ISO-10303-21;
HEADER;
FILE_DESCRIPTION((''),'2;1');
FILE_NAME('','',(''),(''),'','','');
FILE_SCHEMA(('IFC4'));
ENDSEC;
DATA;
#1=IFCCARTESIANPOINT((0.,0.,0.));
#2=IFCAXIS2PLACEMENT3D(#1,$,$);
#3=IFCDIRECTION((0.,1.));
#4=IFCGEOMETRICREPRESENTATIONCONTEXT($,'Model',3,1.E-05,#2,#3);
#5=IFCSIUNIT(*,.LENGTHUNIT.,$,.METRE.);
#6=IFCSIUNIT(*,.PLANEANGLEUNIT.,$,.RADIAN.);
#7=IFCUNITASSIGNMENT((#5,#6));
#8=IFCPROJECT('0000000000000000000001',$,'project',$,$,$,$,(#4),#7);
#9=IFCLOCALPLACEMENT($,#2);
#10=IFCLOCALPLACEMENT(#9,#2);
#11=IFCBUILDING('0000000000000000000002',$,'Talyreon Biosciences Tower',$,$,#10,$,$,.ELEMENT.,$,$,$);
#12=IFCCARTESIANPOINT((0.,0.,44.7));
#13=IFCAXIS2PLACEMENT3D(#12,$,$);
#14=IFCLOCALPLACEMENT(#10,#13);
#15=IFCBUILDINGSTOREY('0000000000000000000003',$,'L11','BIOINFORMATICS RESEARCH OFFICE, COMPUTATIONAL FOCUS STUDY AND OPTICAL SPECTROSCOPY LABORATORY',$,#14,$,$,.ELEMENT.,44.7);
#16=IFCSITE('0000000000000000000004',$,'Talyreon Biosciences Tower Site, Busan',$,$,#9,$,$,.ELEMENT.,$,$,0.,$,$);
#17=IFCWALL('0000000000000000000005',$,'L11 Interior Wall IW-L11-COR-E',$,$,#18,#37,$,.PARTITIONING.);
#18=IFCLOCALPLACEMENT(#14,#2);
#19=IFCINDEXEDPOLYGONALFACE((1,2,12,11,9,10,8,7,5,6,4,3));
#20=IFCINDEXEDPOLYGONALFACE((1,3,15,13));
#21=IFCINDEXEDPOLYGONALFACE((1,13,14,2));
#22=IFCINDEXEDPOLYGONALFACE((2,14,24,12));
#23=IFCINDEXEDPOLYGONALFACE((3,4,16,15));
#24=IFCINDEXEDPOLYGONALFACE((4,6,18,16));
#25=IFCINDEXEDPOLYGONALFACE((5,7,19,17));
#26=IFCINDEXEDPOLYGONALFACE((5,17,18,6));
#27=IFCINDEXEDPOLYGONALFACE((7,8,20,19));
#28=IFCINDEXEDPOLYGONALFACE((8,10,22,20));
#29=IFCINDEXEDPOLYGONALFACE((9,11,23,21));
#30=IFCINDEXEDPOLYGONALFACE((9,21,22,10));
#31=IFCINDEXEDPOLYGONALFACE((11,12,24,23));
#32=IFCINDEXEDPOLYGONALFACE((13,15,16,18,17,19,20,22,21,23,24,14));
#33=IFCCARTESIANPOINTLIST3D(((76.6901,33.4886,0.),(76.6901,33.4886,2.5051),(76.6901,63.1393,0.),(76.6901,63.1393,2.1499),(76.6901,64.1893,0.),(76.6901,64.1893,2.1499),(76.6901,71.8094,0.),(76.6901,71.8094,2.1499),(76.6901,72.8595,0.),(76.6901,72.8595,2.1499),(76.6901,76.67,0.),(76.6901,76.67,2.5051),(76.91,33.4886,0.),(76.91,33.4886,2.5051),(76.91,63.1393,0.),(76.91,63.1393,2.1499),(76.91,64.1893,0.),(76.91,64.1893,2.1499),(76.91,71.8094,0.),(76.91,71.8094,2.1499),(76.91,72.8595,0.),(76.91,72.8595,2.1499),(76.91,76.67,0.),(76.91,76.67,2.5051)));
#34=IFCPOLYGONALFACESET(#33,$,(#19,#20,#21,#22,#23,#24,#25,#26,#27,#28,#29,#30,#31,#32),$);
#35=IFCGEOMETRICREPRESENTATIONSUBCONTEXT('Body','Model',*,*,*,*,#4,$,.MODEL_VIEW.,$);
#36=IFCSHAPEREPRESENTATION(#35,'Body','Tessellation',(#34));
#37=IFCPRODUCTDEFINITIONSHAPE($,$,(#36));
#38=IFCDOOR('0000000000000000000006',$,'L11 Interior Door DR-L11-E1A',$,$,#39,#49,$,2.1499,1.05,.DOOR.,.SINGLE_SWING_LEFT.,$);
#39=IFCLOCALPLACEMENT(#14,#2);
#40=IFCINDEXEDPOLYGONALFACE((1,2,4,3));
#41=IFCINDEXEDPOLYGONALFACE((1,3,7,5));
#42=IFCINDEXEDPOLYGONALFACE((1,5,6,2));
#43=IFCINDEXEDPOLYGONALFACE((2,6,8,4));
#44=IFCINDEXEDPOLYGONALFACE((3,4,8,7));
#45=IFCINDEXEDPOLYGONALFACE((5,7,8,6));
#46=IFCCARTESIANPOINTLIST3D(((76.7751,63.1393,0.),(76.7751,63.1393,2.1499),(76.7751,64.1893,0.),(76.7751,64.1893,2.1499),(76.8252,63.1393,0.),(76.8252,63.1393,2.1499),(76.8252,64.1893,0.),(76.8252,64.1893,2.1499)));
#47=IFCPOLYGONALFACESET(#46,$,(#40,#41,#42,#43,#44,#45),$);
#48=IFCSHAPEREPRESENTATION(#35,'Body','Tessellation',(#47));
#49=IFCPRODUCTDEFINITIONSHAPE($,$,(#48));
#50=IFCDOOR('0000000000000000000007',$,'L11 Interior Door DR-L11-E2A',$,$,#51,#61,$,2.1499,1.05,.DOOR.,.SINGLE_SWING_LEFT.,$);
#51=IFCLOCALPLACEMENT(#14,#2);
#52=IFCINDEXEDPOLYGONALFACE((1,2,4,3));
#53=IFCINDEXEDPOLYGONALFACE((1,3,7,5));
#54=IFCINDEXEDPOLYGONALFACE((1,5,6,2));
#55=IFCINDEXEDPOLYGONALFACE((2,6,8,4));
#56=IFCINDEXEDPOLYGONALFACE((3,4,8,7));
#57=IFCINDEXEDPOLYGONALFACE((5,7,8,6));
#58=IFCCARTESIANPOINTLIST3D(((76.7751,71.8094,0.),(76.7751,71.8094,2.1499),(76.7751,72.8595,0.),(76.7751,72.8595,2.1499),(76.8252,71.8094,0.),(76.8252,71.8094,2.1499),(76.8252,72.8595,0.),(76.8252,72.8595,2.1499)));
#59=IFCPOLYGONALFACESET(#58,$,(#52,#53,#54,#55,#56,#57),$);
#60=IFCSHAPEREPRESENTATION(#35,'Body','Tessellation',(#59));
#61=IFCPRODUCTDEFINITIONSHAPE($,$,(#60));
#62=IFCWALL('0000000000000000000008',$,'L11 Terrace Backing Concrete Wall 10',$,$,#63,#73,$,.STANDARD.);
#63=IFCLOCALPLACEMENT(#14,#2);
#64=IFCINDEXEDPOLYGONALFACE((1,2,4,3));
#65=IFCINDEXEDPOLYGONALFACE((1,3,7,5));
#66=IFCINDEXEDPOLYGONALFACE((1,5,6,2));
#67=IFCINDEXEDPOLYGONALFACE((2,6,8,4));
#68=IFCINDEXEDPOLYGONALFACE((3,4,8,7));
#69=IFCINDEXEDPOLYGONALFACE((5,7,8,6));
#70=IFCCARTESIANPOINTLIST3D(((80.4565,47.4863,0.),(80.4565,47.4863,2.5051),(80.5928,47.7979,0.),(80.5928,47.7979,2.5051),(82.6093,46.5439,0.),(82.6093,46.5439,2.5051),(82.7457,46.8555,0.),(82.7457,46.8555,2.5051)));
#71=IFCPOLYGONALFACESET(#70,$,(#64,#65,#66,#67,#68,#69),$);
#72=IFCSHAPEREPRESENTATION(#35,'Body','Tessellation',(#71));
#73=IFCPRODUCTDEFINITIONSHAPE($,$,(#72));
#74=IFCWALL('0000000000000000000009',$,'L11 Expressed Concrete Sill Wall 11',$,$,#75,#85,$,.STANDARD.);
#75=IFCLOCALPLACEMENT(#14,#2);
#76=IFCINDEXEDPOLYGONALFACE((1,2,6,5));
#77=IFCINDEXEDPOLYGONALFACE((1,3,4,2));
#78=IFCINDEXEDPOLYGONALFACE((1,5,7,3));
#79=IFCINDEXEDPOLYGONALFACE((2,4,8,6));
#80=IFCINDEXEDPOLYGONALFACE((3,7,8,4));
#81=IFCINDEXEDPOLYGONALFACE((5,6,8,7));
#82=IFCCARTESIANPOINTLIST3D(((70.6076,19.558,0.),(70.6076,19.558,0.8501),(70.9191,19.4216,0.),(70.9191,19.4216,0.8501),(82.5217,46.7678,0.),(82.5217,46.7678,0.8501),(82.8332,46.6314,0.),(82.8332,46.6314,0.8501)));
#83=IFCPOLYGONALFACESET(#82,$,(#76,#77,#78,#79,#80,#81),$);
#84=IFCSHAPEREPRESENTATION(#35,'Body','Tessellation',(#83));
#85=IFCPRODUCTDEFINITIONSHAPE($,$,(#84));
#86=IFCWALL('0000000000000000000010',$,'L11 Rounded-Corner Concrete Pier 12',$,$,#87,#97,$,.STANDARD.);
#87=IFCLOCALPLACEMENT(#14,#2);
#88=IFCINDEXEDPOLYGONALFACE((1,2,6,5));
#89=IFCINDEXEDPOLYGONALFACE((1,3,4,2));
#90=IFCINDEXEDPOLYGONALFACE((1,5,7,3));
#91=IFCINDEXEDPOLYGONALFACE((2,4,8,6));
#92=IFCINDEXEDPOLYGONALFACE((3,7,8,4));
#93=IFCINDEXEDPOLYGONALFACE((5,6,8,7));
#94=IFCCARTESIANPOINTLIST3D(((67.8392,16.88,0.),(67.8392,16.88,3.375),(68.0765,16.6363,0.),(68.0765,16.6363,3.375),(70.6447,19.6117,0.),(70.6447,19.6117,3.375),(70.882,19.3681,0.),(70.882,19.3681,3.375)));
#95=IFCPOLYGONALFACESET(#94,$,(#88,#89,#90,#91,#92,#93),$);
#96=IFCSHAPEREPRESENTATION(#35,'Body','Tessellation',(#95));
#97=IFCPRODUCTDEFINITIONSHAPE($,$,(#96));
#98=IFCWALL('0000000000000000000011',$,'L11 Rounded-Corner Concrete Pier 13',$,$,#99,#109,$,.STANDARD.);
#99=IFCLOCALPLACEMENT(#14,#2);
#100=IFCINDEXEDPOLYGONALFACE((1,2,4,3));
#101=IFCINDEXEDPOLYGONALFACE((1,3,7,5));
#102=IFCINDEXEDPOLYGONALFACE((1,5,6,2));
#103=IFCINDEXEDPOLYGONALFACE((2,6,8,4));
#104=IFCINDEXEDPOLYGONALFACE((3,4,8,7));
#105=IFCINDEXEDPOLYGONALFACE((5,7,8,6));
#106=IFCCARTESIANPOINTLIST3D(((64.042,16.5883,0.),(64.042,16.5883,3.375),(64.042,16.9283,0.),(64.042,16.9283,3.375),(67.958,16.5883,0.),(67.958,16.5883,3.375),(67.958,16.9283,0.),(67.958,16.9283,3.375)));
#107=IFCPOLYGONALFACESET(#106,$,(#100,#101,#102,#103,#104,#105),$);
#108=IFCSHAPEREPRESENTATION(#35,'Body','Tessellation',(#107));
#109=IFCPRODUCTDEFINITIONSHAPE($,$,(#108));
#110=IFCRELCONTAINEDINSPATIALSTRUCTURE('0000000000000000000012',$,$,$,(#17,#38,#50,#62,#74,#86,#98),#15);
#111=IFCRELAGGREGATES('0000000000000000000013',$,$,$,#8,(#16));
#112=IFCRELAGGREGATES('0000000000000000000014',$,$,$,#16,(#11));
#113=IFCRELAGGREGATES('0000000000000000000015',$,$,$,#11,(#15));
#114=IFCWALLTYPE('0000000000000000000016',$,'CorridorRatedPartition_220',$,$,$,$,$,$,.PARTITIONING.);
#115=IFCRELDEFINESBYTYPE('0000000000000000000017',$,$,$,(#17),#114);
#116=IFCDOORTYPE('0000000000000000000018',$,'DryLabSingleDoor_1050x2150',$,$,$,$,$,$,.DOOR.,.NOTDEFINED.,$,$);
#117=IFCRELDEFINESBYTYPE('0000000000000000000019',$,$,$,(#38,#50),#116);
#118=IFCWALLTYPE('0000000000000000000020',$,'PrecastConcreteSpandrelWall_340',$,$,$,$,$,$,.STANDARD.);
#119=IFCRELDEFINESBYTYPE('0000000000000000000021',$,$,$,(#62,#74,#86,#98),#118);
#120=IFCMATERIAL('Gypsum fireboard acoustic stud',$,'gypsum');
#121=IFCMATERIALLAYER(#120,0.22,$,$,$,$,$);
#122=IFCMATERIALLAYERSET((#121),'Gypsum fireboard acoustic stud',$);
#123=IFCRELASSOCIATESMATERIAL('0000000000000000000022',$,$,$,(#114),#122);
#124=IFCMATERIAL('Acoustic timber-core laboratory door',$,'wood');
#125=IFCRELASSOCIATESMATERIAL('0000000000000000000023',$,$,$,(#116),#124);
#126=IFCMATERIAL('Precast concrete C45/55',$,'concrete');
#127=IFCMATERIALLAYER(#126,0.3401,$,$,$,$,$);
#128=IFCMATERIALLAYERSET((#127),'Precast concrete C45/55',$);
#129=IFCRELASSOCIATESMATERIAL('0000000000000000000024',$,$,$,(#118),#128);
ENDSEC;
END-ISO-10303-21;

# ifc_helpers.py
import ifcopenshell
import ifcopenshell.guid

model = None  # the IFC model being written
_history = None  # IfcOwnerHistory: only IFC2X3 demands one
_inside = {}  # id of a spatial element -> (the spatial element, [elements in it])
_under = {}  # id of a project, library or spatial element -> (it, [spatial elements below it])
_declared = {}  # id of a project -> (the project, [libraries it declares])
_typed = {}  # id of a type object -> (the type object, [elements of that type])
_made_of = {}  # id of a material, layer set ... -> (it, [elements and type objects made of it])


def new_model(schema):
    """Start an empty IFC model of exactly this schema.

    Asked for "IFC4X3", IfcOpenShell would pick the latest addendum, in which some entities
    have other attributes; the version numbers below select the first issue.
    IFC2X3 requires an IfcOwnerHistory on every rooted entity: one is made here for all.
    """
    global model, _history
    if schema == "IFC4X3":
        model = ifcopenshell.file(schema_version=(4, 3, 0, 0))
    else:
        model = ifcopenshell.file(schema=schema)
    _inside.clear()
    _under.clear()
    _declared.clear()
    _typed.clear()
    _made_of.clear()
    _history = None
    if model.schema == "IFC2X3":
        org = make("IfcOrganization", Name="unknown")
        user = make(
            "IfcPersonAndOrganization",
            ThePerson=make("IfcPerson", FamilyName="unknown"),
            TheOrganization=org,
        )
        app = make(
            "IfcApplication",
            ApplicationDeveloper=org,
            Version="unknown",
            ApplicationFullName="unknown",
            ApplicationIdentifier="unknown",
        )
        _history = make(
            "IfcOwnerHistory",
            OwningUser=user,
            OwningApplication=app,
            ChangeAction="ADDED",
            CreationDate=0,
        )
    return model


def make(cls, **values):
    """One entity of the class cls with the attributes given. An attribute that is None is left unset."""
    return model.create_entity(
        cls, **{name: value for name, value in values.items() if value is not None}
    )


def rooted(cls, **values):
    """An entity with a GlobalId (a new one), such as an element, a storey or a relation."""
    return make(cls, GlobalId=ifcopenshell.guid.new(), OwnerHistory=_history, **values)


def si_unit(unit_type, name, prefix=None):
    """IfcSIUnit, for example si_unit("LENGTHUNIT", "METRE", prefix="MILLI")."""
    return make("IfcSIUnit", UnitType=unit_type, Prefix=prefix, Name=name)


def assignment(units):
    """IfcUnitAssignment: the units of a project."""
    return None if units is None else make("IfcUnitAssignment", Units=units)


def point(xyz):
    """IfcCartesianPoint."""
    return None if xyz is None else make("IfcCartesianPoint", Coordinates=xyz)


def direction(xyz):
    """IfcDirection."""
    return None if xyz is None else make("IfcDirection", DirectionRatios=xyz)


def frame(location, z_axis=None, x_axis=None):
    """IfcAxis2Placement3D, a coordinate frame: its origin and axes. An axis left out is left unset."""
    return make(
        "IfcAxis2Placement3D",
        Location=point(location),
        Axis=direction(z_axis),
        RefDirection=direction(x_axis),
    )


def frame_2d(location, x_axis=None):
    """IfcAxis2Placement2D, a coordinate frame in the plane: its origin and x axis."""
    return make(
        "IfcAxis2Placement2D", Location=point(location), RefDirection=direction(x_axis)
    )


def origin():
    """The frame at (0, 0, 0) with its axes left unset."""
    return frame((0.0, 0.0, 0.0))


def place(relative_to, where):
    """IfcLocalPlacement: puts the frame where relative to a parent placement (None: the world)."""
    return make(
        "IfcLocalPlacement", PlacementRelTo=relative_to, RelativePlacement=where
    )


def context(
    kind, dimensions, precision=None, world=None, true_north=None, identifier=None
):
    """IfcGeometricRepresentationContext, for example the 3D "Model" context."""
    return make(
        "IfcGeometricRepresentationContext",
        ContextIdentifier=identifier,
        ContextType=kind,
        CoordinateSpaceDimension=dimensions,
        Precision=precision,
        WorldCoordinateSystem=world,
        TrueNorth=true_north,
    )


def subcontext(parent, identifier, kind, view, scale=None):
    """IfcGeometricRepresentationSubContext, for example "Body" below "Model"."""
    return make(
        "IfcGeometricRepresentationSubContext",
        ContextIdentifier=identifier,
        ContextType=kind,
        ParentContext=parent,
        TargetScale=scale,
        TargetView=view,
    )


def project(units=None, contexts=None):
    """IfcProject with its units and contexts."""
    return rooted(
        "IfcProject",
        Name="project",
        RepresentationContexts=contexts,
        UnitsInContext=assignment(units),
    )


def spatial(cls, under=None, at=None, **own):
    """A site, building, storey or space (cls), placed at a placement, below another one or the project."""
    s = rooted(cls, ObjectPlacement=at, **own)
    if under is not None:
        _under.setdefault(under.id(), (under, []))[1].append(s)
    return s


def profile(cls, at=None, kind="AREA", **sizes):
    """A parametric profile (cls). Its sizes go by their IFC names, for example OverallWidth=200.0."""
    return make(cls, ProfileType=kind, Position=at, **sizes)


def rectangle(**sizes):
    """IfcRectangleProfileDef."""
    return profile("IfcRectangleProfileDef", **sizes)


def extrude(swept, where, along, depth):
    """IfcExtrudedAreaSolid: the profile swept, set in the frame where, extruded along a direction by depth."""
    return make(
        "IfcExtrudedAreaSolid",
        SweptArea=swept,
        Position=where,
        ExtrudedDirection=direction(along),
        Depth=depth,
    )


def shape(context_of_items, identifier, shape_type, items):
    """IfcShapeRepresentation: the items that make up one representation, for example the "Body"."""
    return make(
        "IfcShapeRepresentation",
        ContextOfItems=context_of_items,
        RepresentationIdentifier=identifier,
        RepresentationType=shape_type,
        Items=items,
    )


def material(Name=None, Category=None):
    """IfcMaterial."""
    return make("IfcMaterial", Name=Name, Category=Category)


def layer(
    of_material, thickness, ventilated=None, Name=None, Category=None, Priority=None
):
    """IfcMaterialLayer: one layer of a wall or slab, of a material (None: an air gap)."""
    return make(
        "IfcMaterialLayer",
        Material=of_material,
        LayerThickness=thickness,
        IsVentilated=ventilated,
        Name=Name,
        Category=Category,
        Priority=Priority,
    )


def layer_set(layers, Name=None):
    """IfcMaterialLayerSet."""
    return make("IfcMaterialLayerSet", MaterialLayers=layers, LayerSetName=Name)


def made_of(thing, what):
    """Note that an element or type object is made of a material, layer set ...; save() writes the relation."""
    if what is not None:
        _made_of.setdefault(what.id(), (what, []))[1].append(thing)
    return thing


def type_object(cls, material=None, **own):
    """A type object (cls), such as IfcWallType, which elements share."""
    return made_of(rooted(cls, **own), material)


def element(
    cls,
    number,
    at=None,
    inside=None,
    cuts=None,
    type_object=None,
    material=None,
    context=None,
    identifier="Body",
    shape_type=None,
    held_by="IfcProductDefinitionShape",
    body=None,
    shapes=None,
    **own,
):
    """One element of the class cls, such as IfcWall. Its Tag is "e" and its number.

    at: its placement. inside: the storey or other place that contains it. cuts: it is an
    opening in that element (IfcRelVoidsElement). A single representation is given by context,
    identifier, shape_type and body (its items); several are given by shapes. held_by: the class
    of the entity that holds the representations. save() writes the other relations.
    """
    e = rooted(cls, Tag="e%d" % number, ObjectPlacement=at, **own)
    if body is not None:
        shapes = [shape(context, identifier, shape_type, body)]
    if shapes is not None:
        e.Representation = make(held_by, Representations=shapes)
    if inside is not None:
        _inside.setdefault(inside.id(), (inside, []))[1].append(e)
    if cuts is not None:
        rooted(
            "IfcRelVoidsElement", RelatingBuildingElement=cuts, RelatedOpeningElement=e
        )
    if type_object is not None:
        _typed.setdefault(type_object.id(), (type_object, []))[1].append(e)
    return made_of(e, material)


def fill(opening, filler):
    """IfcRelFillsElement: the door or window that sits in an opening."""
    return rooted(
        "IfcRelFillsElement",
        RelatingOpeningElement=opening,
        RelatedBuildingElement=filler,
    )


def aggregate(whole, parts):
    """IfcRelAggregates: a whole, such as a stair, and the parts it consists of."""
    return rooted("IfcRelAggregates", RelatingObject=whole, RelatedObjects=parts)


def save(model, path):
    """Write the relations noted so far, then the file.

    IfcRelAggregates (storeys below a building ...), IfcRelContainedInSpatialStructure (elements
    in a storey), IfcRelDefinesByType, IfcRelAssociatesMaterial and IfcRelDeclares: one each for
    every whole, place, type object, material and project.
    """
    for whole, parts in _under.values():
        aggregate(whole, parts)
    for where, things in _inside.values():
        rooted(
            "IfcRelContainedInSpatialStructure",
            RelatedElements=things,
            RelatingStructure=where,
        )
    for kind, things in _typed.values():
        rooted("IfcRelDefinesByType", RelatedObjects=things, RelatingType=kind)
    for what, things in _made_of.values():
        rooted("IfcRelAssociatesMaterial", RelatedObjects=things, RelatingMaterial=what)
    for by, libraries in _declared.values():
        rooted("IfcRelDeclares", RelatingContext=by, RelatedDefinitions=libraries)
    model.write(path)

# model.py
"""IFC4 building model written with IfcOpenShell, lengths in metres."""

from ifc_helpers import new_model, si_unit, direction, frame, frame_2d, origin, place, context, subcontext, project, spatial, rectangle, extrude, material, layer, layer_set, type_object, element, fill, save


model = new_model("IFC4")

# Units and contexts
model_context = context("Model", 3, precision=1e-05, world=origin(), true_north=direction((0.0, 1.0)))
body_context = subcontext(model_context, "Body", "Model", "MODEL_VIEW")
ifc_project = project(units=[si_unit("LENGTHUNIT", "METRE"), si_unit("PLANEANGLEUNIT", "RADIAN")], contexts=[model_context])

# Site, building, storey
site_placement = place(None, origin())
site = spatial("IfcSite", under=ifc_project, at=site_placement, Name="Talyreon Biosciences Tower Site, Busan", CompositionType="ELEMENT", RefElevation=0.0)
building_placement = place(site_placement, origin())
building = spatial("IfcBuilding", under=site, at=building_placement, Name="Talyreon Biosciences Tower", CompositionType="ELEMENT")
storey_placement = place(building_placement, frame((0.0, 0.0, 44.7)))
storey = spatial("IfcBuildingStorey", under=building, at=storey_placement, Name="L11", Description="BIOINFORMATICS RESEARCH OFFICE, COMPUTATIONAL FOCUS STUDY AND OPTICAL SPECTROSCOPY LABORATORY", CompositionType="ELEMENT", Elevation=44.7)

# Shared definitions
ifc_material_1 = material(Name="Precast concrete C45/55", Category="concrete")

# Wall, openings, doors
ifc_material_2 = material(Name="Gypsum fireboard acoustic stud", Category="gypsum")
ifc_layer_1 = layer(ifc_material_2, 0.22)
ifc_layer_set_1 = layer_set([ifc_layer_1], Name="Gypsum fireboard acoustic stud")
wall_type_1 = type_object("IfcWallType", Name="CorridorRatedPartition_220", PredefinedType="PARTITIONING", material=ifc_layer_set_1)
wall_1_placement = place(storey_placement, frame((76.8, 33.4885, 0.0), z_axis=(0.0, 0.0, 1.0), x_axis=(0.0, 1.0, 0.0)))
wall_1 = element("IfcWall", 1, at=wall_1_placement, inside=storey, type_object=wall_type_1, Name="L11 Interior Wall IW-L11-COR-E", PredefinedType="PARTITIONING", context=body_context, shape_type="SweptSolid", body=[
    extrude(rectangle(XDim=43.1814, YDim=0.22, at=frame_2d((21.5908, 0.0))), origin(), (0.0, 0.0, 1.0), 2.5051),
])
opening_1_placement = place(wall_1_placement, frame((29.6509, 0.0, 0.0)))
opening_1 = element("IfcOpeningElement", 2, at=opening_1_placement, cuts=wall_1, PredefinedType="OPENING", context=body_context, shape_type="SweptSolid", body=[
    extrude(rectangle(XDim=1.05, YDim=2.1499, at=frame_2d((0.5249, 1.075))), frame((0.0, 0.1199, 0.0), z_axis=(0.0, -1.0, 0.0), x_axis=(1.0, 0.0, 0.0)), (0.0, 0.0, 1.0), 0.24),
])
opening_2_placement = place(wall_1_placement, frame((38.321, 0.0, 0.0)))
opening_2 = element("IfcOpeningElement", 3, at=opening_2_placement, cuts=wall_1, PredefinedType="OPENING", context=body_context, shape_type="SweptSolid", body=[
    extrude(rectangle(XDim=1.05, YDim=2.1499, at=frame_2d((0.5249, 1.075))), frame((0.0, 0.1199, 0.0), z_axis=(0.0, -1.0, 0.0), x_axis=(1.0, 0.0, 0.0)), (0.0, 0.0, 1.0), 0.24),
])
ifc_material_3 = material(Name="Acoustic timber-core laboratory door", Category="wood")
door_type = type_object("IfcDoorType", Name="DryLabSingleDoor_1050x2150", OperationType="NOTDEFINED", PredefinedType="DOOR", material=ifc_material_3)
door_1_placement = place(opening_1_placement, origin())
door_1 = element("IfcDoor", 4, at=door_1_placement, inside=storey, type_object=door_type, Name="L11 Interior Door DR-L11-E1A", OperationType="SINGLE_SWING_LEFT", OverallHeight=2.1499, OverallWidth=1.05, PredefinedType="DOOR", context=body_context, shape_type="SweptSolid", body=[
    extrude(rectangle(XDim=1.05, YDim=2.1499, at=frame_2d((0.5249, 1.075))), frame((0.0, 0.0249, 0.0), z_axis=(0.0, -1.0, 0.0), x_axis=(1.0, 0.0, 0.0)), (0.0, 0.0, 1.0), 0.05),
])
fill(opening_1, door_1)
door_2_placement = place(opening_2_placement, origin())
door_2 = element("IfcDoor", 5, at=door_2_placement, inside=storey, type_object=door_type, Name="L11 Interior Door DR-L11-E2A", OperationType="SINGLE_SWING_LEFT", OverallHeight=2.1499, OverallWidth=1.05, PredefinedType="DOOR", context=body_context, shape_type="SweptSolid", body=[
    extrude(rectangle(XDim=1.05, YDim=2.1499, at=frame_2d((0.5249, 1.075))), frame((0.0, 0.0249, 0.0), z_axis=(0.0, -1.0, 0.0), x_axis=(1.0, 0.0, 0.0)), (0.0, 0.0, 1.0), 0.05),
])
fill(opening_2, door_2)

# Walls
ifc_layer_2 = layer(ifc_material_1, 0.3401)
ifc_layer_set_2 = layer_set([ifc_layer_2], Name="Precast concrete C45/55")
wall_type_2 = type_object("IfcWallType", Name="PrecastConcreteSpandrelWall_340", PredefinedType="STANDARD", material=ifc_layer_set_2)
wall_2_placement = place(storey_placement, frame((80.5247, 47.6421, 0.0), z_axis=(0.0, 0.0, 1.0), x_axis=(0.916076, -0.401004, 0.0)))
element("IfcWall", 6, at=wall_2_placement, inside=storey, type_object=wall_type_2, Name="L11 Terrace Backing Concrete Wall 10", PredefinedType="STANDARD", context=body_context, shape_type="SweptSolid", body=[
    extrude(rectangle(XDim=2.3501, YDim=0.3401, at=frame_2d((1.175, 0.0))), origin(), (0.0, 0.0, 1.0), 2.5051),
])
wall_3_placement = place(storey_placement, frame((82.6775, 46.6997, 0.0), z_axis=(0.0, 0.0, 1.0), x_axis=(-0.401096, -0.916036, 0.0)))
element("IfcWall", 7, at=wall_3_placement, inside=storey, type_object=wall_type_2, Name="L11 Expressed Concrete Sill Wall 11", PredefinedType="STANDARD", context=body_context, shape_type="SweptSolid", body=[
    extrude(rectangle(XDim=29.7039, YDim=0.3401, at=frame_2d((14.8521, 0.0))), origin(), (0.0, 0.0, 1.0), 0.8501),
])
wall_4_placement = place(storey_placement, frame((70.7634, 19.49, 0.0), z_axis=(0.0, 0.0, 1.0), x_axis=(-0.716459, -0.697629, 0.0)))
element("IfcWall", 8, at=wall_4_placement, inside=storey, type_object=wall_type_2, Name="L11 Rounded-Corner Concrete Pier 12", PredefinedType="STANDARD", context=body_context, shape_type="SweptSolid", body=[
    extrude(rectangle(XDim=3.9158, YDim=0.3401, at=frame_2d((1.958, 0.0))), origin(), (0.0, 0.0, 1.0), 3.375),
])
wall_5_placement = place(storey_placement, frame((67.958, 16.7583, 0.0), z_axis=(0.0, 0.0, 1.0), x_axis=(-1.0, 0.0, 0.0)))
element("IfcWall", 9, at=wall_5_placement, inside=storey, type_object=wall_type_2, Name="L11 Rounded-Corner Concrete Pier 13", PredefinedType="STANDARD", context=body_context, shape_type="SweptSolid", body=[
    extrude(rectangle(XDim=3.916, YDim=0.3401, at=frame_2d((1.958, 0.0))), origin(), (0.0, 0.0, 1.0), 3.375),
])

save(model, "model.ifc")
